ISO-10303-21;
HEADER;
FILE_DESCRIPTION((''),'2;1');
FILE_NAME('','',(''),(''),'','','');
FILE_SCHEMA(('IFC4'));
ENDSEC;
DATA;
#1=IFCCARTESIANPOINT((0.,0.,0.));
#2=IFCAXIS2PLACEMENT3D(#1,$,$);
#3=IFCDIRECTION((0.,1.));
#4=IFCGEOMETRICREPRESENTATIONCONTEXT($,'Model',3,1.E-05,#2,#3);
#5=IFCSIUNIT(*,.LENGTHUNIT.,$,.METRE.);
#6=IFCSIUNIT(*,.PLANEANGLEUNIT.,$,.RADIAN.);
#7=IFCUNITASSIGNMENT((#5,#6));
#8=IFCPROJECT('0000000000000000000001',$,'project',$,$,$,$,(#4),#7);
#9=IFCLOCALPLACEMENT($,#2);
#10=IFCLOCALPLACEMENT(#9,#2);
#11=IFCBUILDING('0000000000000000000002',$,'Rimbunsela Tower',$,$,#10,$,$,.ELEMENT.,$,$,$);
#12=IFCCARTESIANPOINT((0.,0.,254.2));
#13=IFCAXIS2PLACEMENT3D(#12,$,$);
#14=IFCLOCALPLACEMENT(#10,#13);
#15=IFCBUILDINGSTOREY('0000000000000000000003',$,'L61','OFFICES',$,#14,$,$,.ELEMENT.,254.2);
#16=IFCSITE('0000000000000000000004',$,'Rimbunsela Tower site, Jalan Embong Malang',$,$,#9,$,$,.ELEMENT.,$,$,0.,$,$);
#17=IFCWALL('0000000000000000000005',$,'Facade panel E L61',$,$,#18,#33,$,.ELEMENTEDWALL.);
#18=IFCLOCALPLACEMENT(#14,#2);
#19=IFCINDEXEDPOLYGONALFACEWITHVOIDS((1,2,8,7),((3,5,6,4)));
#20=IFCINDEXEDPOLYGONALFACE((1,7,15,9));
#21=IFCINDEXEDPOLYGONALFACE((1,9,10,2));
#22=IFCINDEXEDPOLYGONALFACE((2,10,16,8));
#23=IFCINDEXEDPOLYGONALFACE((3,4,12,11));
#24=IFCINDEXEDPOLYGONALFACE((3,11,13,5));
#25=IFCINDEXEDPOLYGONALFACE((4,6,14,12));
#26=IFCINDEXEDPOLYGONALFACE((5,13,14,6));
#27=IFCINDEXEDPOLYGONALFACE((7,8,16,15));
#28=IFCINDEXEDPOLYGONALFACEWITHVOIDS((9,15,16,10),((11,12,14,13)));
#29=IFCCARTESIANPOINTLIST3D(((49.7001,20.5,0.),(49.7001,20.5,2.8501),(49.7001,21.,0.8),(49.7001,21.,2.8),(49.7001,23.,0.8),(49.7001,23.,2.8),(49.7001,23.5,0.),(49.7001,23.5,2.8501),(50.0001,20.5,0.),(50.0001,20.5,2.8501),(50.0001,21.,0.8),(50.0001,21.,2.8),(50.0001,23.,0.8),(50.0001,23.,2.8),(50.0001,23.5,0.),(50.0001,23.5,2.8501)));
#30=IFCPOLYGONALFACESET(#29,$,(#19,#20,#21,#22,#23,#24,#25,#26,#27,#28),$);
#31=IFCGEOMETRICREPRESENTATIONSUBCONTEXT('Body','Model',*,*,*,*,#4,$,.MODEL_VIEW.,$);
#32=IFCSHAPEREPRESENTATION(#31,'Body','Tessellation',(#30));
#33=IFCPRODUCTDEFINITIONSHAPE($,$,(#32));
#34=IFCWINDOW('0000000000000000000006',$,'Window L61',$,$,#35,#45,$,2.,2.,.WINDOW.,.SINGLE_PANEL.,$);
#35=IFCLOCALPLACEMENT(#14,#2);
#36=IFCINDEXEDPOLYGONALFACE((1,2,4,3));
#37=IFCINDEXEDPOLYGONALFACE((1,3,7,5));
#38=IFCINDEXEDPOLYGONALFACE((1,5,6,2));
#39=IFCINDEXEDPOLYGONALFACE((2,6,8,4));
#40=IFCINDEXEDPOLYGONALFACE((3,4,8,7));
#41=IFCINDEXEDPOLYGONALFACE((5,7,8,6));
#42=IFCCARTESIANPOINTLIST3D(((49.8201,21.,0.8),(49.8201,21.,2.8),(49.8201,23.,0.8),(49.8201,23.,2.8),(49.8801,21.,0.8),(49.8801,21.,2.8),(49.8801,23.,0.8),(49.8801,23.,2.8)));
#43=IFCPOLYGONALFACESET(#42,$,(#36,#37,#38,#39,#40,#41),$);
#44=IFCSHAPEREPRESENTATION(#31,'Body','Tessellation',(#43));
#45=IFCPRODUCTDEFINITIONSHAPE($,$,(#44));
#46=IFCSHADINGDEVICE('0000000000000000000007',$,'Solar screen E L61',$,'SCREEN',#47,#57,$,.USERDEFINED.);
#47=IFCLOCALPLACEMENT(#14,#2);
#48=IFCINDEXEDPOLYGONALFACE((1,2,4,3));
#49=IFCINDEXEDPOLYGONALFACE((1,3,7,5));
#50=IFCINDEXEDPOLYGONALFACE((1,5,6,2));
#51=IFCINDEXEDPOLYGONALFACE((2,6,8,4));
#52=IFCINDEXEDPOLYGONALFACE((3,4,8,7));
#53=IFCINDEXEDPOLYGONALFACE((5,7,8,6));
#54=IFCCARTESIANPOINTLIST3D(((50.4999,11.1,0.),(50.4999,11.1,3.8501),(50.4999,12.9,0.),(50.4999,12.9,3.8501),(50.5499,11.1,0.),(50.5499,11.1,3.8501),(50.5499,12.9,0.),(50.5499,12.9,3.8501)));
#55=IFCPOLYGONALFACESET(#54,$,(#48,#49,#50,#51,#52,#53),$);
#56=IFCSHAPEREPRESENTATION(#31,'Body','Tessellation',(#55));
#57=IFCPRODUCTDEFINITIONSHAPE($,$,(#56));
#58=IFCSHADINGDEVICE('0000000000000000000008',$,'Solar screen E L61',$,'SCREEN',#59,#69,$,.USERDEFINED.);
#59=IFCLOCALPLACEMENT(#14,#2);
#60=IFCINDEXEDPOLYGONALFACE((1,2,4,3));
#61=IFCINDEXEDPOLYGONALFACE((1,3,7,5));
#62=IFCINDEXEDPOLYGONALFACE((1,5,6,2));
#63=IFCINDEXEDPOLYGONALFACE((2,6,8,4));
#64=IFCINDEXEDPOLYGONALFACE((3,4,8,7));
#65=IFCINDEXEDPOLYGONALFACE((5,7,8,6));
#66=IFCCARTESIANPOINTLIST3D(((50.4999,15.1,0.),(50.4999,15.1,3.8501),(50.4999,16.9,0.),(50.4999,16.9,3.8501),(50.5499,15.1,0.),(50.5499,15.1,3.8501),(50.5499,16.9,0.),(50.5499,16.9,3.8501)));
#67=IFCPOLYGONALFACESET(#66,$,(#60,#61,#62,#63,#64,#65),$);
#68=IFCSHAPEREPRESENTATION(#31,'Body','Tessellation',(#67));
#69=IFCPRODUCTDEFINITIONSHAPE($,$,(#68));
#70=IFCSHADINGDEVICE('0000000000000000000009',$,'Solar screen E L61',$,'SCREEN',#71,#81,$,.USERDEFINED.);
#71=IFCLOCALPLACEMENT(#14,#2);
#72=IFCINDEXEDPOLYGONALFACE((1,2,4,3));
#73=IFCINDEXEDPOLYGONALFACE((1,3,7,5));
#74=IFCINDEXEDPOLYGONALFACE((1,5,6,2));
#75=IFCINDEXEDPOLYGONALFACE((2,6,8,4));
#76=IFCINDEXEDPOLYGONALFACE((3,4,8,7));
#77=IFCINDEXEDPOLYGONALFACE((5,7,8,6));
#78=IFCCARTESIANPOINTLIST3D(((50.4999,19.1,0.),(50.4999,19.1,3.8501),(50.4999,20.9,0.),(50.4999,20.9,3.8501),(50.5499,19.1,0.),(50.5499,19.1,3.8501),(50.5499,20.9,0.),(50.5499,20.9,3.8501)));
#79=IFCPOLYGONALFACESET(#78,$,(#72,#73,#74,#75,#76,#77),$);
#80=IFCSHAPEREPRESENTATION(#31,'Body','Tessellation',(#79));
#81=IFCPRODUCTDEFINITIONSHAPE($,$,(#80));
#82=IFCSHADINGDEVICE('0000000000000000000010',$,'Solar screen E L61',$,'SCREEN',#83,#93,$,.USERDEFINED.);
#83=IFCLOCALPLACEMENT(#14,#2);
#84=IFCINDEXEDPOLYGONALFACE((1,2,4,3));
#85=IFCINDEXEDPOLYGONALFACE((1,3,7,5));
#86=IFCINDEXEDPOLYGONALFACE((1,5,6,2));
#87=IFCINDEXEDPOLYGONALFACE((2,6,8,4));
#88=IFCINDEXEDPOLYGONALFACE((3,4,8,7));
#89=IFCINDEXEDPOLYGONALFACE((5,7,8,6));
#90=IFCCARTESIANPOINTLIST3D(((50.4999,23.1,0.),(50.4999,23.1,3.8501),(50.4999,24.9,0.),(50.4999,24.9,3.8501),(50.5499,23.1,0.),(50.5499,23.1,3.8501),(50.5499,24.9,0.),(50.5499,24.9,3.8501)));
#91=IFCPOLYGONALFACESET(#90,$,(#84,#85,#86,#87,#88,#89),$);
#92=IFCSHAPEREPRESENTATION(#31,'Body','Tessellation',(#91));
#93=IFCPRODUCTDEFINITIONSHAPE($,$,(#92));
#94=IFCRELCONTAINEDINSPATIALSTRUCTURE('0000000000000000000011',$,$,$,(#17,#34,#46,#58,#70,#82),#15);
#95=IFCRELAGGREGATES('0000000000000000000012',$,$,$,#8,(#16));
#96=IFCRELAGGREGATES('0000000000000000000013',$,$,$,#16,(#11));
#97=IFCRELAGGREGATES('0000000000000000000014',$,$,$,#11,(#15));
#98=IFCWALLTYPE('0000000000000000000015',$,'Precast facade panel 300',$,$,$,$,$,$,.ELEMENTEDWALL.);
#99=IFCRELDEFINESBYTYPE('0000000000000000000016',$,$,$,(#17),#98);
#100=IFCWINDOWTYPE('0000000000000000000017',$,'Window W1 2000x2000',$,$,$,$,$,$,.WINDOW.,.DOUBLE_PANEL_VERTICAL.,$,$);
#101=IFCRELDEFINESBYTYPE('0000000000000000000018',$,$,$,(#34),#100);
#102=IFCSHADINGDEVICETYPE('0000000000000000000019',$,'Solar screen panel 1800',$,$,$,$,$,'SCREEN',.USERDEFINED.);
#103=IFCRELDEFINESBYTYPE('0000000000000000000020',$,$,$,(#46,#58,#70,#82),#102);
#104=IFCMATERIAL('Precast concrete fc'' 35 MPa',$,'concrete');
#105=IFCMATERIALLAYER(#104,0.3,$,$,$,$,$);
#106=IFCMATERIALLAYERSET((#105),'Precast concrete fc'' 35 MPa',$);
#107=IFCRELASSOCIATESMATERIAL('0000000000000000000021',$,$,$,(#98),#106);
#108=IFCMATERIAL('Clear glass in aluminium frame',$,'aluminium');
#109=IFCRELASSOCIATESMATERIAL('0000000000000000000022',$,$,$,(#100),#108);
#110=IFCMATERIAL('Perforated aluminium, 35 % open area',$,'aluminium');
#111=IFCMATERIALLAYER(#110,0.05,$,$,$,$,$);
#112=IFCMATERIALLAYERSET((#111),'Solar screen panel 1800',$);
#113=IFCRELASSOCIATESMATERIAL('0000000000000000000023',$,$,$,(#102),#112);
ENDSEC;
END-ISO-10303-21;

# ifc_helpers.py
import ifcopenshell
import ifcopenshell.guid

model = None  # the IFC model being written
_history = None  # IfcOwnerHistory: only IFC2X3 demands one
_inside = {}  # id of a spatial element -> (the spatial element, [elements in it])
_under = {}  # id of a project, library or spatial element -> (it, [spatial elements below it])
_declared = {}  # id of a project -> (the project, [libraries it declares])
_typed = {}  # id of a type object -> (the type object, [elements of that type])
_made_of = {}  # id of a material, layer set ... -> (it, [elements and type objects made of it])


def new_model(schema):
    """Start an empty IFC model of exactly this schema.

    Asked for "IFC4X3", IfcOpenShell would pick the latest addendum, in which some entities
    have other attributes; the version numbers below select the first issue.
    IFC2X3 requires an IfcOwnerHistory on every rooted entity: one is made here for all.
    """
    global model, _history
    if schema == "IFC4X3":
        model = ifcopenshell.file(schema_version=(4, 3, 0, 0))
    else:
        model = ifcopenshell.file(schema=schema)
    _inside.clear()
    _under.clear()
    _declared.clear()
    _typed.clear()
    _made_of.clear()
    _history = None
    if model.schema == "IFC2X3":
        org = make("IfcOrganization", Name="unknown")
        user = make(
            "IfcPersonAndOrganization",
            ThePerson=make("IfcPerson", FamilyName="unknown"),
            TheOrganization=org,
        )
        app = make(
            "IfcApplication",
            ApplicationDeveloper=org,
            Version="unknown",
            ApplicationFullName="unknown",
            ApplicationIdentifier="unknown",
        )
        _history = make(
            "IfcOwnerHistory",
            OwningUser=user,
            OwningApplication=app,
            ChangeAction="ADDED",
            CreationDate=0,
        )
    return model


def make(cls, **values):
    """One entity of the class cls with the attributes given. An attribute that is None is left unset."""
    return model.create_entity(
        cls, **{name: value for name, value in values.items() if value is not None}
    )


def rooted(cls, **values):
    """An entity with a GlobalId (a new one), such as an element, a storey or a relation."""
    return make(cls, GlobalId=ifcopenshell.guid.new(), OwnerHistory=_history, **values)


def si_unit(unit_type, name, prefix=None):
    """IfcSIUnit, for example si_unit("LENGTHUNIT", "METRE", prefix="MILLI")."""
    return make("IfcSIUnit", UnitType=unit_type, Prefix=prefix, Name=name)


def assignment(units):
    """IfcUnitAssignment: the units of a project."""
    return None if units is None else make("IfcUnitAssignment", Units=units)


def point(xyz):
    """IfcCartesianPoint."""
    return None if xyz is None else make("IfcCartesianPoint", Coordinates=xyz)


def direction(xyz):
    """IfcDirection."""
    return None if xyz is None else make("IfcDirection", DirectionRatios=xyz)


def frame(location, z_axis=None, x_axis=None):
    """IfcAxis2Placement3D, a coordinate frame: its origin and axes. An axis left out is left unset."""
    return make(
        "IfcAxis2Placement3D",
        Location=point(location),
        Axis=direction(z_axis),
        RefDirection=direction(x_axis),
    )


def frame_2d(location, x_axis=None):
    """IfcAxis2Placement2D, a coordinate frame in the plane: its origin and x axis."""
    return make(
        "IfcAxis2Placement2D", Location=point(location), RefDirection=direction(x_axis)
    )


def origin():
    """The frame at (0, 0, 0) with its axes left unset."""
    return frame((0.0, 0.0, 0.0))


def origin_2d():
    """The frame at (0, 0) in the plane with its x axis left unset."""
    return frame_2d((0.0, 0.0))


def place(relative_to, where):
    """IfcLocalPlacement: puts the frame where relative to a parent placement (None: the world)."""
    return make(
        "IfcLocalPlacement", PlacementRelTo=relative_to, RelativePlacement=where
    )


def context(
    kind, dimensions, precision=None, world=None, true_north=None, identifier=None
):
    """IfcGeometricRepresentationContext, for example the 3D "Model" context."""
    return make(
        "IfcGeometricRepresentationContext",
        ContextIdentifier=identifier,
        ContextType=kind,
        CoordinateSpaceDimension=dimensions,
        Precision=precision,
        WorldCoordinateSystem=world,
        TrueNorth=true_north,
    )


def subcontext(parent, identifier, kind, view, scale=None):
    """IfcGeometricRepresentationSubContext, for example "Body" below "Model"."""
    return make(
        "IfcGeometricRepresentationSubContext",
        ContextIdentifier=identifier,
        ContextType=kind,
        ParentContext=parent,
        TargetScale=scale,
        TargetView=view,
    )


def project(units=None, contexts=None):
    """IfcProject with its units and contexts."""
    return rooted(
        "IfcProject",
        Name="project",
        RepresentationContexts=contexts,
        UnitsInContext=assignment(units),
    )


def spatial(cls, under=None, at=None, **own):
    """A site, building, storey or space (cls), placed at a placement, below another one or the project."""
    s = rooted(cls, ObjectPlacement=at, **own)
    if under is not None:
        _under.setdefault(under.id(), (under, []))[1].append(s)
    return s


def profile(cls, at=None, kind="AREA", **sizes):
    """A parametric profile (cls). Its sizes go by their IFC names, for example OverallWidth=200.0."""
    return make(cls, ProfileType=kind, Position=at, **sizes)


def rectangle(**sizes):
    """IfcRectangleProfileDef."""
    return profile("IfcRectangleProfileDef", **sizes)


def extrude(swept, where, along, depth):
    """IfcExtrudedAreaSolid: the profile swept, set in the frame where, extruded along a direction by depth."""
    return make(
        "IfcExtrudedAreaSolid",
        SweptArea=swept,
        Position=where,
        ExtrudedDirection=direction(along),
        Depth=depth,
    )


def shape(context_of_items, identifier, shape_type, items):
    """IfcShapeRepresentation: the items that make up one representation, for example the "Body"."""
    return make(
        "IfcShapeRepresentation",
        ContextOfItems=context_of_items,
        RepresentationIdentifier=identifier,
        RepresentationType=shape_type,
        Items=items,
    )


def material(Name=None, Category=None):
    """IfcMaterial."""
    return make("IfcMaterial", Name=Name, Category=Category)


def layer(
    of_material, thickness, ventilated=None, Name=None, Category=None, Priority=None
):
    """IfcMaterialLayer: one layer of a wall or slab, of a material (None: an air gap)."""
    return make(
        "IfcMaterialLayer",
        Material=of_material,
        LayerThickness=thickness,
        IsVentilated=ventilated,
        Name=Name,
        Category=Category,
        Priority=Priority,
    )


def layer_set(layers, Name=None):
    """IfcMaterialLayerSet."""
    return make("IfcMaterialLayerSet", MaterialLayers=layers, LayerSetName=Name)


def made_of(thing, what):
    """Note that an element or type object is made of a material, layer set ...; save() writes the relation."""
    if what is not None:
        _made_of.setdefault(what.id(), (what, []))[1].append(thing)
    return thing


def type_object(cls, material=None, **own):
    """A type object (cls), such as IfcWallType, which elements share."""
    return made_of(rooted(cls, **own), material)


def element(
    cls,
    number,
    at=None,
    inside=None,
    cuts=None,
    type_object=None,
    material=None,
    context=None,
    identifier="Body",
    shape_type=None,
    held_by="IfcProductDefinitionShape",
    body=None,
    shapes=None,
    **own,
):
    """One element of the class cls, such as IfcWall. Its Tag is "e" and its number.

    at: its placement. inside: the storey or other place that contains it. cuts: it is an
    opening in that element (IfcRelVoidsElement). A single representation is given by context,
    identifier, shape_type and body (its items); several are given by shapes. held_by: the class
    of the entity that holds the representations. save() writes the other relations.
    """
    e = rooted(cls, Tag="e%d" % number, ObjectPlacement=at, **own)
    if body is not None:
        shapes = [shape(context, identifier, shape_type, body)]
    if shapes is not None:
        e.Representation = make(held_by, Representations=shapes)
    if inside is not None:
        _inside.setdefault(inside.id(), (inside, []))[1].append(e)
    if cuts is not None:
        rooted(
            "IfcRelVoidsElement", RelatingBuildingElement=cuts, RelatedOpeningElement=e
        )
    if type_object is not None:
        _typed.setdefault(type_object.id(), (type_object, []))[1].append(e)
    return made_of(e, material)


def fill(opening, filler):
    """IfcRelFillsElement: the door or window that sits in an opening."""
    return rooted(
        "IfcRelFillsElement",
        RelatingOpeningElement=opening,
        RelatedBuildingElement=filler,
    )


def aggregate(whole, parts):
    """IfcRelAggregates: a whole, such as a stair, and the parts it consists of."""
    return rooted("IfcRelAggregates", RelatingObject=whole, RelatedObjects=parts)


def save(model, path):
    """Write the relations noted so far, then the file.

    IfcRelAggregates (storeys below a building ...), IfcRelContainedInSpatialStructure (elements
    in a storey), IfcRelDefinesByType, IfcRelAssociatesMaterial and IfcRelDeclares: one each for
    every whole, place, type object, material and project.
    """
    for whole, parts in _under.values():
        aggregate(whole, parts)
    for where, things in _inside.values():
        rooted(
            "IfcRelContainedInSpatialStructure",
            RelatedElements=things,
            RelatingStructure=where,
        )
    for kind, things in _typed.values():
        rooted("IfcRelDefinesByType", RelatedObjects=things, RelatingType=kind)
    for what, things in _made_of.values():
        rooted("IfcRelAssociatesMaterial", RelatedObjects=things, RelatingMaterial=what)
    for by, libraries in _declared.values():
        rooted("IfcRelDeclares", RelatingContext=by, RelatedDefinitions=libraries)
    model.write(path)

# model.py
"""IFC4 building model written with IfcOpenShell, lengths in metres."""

from ifc_helpers import new_model, si_unit, direction, frame, frame_2d, origin, origin_2d, place, context, subcontext, project, spatial, rectangle, extrude, material, layer, layer_set, type_object, element, fill, save


model = new_model("IFC4")

# Units and contexts
model_context = context("Model", 3, precision=1e-05, world=origin(), true_north=direction((0.0, 1.0)))
body_context = subcontext(model_context, "Body", "Model", "MODEL_VIEW")
ifc_project = project(units=[si_unit("LENGTHUNIT", "METRE"), si_unit("PLANEANGLEUNIT", "RADIAN")], contexts=[model_context])

# Site, building, storey
site_placement = place(None, origin())
site = spatial("IfcSite", under=ifc_project, at=site_placement, Name="Rimbunsela Tower site, Jalan Embong Malang", CompositionType="ELEMENT", RefElevation=0.0)
building_placement = place(site_placement, origin())
building = spatial("IfcBuilding", under=site, at=building_placement, Name="Rimbunsela Tower", CompositionType="ELEMENT")
storey_placement = place(building_placement, frame((0.0, 0.0, 254.2)))
storey = spatial("IfcBuildingStorey", under=building, at=storey_placement, Name="L61", Description="OFFICES", CompositionType="ELEMENT", Elevation=254.2)

# Wall, opening, window
ifc_material_1 = material(Name="Precast concrete fc' 35 MPa", Category="concrete")
ifc_layer_1 = layer(ifc_material_1, 0.3)
ifc_layer_set_1 = layer_set([ifc_layer_1], Name="Precast concrete fc' 35 MPa")
wall_type_1 = type_object("IfcWallType", Name="Precast facade panel 300", PredefinedType="ELEMENTEDWALL", material=ifc_layer_set_1)
ifc_material_2 = material(Name="Clear glass in aluminium frame", Category="aluminium")
window_type = type_object("IfcWindowType", Name="Window W1 2000x2000", PartitioningType="DOUBLE_PANEL_VERTICAL", PredefinedType="WINDOW", material=ifc_material_2)
wall_1_placement = place(storey_placement, frame((49.8501, 20.5, 0.0), z_axis=(0.0, 0.0, 1.0), x_axis=(0.0, 1.0, 0.0)))
wall_1 = element("IfcWall", 1, at=wall_1_placement, inside=storey, type_object=wall_type_1, Name="Facade panel E L61", PredefinedType="ELEMENTEDWALL", context=body_context, shape_type="SweptSolid", body=[
    extrude(rectangle(XDim=3.0, YDim=0.3, at=frame_2d((1.5, 0.0))), origin(), (0.0, 0.0, 1.0), 2.8501),
])
opening_1_placement = place(wall_1_placement, frame((0.5, 0.0, 0.8)))
opening_1 = element("IfcOpeningElement", 2, at=opening_1_placement, cuts=wall_1, PredefinedType="OPENING", context=body_context, shape_type="SweptSolid", body=[
    extrude(rectangle(XDim=2.0, YDim=2.0, at=frame_2d((1.0, 1.0))), frame((0.0, 0.1599, 0.0), z_axis=(0.0, -1.0, 0.0), x_axis=(1.0, 0.0, 0.0)), (0.0, 0.0, 1.0), 0.3201),
])
window_1_placement = place(opening_1_placement, origin())
window_1 = element("IfcWindow", 3, at=window_1_placement, inside=storey, type_object=window_type, Name="Window L61", OverallHeight=2.0, OverallWidth=2.0, PartitioningType="SINGLE_PANEL", PredefinedType="WINDOW", context=body_context, shape_type="SweptSolid", body=[
    extrude(rectangle(XDim=2.0, YDim=2.0, at=frame_2d((1.0, 1.0))), frame((0.0, 0.03, 0.0), z_axis=(0.0, -1.0, 0.0), x_axis=(1.0, 0.0, 0.0)), (0.0, 0.0, 1.0), 0.0601),
])
fill(opening_1, window_1)

# Shading devices
ifc_material_3 = material(Name="Perforated aluminium, 35 % open area", Category="aluminium")
ifc_layer_2 = layer(ifc_material_3, 0.05)
ifc_layer_set_2 = layer_set([ifc_layer_2], Name="Solar screen panel 1800")
shading_device_type = type_object("IfcShadingDeviceType", Name="Solar screen panel 1800", ElementType="SCREEN", PredefinedType="USERDEFINED", material=ifc_layer_set_2)
for number, where, z_axis, x_axis, name in (
    (4, (50.5249, 12.0, 0.0), (0.0, 0.0, 1.0), (0.0, 1.0, 0.0), "Solar screen E L61"),
    (5, (50.5249, 16.0, 0.0), (0.0, 0.0, 1.0), (0.0, 1.0, 0.0), "Solar screen E L61"),
    (6, (50.5249, 20.0, 0.0), (0.0, 0.0, 1.0), (0.0, 1.0, 0.0), "Solar screen E L61"),
    (7, (50.5249, 24.0, 0.0), (0.0, 0.0, 1.0), (0.0, 1.0, 0.0), "Solar screen E L61"),
):
    element("IfcShadingDevice", number, at=place(storey_placement, frame(where, z_axis=z_axis, x_axis=x_axis)), inside=storey, type_object=shading_device_type, Name=name, ObjectType="SCREEN", PredefinedType="USERDEFINED", context=body_context, shape_type="SweptSolid", body=[
        extrude(rectangle(XDim=1.8, YDim=0.05, at=origin_2d()), origin(), (0.0, 0.0, 1.0), 3.8501),
    ])

save(model, "model.ifc")
